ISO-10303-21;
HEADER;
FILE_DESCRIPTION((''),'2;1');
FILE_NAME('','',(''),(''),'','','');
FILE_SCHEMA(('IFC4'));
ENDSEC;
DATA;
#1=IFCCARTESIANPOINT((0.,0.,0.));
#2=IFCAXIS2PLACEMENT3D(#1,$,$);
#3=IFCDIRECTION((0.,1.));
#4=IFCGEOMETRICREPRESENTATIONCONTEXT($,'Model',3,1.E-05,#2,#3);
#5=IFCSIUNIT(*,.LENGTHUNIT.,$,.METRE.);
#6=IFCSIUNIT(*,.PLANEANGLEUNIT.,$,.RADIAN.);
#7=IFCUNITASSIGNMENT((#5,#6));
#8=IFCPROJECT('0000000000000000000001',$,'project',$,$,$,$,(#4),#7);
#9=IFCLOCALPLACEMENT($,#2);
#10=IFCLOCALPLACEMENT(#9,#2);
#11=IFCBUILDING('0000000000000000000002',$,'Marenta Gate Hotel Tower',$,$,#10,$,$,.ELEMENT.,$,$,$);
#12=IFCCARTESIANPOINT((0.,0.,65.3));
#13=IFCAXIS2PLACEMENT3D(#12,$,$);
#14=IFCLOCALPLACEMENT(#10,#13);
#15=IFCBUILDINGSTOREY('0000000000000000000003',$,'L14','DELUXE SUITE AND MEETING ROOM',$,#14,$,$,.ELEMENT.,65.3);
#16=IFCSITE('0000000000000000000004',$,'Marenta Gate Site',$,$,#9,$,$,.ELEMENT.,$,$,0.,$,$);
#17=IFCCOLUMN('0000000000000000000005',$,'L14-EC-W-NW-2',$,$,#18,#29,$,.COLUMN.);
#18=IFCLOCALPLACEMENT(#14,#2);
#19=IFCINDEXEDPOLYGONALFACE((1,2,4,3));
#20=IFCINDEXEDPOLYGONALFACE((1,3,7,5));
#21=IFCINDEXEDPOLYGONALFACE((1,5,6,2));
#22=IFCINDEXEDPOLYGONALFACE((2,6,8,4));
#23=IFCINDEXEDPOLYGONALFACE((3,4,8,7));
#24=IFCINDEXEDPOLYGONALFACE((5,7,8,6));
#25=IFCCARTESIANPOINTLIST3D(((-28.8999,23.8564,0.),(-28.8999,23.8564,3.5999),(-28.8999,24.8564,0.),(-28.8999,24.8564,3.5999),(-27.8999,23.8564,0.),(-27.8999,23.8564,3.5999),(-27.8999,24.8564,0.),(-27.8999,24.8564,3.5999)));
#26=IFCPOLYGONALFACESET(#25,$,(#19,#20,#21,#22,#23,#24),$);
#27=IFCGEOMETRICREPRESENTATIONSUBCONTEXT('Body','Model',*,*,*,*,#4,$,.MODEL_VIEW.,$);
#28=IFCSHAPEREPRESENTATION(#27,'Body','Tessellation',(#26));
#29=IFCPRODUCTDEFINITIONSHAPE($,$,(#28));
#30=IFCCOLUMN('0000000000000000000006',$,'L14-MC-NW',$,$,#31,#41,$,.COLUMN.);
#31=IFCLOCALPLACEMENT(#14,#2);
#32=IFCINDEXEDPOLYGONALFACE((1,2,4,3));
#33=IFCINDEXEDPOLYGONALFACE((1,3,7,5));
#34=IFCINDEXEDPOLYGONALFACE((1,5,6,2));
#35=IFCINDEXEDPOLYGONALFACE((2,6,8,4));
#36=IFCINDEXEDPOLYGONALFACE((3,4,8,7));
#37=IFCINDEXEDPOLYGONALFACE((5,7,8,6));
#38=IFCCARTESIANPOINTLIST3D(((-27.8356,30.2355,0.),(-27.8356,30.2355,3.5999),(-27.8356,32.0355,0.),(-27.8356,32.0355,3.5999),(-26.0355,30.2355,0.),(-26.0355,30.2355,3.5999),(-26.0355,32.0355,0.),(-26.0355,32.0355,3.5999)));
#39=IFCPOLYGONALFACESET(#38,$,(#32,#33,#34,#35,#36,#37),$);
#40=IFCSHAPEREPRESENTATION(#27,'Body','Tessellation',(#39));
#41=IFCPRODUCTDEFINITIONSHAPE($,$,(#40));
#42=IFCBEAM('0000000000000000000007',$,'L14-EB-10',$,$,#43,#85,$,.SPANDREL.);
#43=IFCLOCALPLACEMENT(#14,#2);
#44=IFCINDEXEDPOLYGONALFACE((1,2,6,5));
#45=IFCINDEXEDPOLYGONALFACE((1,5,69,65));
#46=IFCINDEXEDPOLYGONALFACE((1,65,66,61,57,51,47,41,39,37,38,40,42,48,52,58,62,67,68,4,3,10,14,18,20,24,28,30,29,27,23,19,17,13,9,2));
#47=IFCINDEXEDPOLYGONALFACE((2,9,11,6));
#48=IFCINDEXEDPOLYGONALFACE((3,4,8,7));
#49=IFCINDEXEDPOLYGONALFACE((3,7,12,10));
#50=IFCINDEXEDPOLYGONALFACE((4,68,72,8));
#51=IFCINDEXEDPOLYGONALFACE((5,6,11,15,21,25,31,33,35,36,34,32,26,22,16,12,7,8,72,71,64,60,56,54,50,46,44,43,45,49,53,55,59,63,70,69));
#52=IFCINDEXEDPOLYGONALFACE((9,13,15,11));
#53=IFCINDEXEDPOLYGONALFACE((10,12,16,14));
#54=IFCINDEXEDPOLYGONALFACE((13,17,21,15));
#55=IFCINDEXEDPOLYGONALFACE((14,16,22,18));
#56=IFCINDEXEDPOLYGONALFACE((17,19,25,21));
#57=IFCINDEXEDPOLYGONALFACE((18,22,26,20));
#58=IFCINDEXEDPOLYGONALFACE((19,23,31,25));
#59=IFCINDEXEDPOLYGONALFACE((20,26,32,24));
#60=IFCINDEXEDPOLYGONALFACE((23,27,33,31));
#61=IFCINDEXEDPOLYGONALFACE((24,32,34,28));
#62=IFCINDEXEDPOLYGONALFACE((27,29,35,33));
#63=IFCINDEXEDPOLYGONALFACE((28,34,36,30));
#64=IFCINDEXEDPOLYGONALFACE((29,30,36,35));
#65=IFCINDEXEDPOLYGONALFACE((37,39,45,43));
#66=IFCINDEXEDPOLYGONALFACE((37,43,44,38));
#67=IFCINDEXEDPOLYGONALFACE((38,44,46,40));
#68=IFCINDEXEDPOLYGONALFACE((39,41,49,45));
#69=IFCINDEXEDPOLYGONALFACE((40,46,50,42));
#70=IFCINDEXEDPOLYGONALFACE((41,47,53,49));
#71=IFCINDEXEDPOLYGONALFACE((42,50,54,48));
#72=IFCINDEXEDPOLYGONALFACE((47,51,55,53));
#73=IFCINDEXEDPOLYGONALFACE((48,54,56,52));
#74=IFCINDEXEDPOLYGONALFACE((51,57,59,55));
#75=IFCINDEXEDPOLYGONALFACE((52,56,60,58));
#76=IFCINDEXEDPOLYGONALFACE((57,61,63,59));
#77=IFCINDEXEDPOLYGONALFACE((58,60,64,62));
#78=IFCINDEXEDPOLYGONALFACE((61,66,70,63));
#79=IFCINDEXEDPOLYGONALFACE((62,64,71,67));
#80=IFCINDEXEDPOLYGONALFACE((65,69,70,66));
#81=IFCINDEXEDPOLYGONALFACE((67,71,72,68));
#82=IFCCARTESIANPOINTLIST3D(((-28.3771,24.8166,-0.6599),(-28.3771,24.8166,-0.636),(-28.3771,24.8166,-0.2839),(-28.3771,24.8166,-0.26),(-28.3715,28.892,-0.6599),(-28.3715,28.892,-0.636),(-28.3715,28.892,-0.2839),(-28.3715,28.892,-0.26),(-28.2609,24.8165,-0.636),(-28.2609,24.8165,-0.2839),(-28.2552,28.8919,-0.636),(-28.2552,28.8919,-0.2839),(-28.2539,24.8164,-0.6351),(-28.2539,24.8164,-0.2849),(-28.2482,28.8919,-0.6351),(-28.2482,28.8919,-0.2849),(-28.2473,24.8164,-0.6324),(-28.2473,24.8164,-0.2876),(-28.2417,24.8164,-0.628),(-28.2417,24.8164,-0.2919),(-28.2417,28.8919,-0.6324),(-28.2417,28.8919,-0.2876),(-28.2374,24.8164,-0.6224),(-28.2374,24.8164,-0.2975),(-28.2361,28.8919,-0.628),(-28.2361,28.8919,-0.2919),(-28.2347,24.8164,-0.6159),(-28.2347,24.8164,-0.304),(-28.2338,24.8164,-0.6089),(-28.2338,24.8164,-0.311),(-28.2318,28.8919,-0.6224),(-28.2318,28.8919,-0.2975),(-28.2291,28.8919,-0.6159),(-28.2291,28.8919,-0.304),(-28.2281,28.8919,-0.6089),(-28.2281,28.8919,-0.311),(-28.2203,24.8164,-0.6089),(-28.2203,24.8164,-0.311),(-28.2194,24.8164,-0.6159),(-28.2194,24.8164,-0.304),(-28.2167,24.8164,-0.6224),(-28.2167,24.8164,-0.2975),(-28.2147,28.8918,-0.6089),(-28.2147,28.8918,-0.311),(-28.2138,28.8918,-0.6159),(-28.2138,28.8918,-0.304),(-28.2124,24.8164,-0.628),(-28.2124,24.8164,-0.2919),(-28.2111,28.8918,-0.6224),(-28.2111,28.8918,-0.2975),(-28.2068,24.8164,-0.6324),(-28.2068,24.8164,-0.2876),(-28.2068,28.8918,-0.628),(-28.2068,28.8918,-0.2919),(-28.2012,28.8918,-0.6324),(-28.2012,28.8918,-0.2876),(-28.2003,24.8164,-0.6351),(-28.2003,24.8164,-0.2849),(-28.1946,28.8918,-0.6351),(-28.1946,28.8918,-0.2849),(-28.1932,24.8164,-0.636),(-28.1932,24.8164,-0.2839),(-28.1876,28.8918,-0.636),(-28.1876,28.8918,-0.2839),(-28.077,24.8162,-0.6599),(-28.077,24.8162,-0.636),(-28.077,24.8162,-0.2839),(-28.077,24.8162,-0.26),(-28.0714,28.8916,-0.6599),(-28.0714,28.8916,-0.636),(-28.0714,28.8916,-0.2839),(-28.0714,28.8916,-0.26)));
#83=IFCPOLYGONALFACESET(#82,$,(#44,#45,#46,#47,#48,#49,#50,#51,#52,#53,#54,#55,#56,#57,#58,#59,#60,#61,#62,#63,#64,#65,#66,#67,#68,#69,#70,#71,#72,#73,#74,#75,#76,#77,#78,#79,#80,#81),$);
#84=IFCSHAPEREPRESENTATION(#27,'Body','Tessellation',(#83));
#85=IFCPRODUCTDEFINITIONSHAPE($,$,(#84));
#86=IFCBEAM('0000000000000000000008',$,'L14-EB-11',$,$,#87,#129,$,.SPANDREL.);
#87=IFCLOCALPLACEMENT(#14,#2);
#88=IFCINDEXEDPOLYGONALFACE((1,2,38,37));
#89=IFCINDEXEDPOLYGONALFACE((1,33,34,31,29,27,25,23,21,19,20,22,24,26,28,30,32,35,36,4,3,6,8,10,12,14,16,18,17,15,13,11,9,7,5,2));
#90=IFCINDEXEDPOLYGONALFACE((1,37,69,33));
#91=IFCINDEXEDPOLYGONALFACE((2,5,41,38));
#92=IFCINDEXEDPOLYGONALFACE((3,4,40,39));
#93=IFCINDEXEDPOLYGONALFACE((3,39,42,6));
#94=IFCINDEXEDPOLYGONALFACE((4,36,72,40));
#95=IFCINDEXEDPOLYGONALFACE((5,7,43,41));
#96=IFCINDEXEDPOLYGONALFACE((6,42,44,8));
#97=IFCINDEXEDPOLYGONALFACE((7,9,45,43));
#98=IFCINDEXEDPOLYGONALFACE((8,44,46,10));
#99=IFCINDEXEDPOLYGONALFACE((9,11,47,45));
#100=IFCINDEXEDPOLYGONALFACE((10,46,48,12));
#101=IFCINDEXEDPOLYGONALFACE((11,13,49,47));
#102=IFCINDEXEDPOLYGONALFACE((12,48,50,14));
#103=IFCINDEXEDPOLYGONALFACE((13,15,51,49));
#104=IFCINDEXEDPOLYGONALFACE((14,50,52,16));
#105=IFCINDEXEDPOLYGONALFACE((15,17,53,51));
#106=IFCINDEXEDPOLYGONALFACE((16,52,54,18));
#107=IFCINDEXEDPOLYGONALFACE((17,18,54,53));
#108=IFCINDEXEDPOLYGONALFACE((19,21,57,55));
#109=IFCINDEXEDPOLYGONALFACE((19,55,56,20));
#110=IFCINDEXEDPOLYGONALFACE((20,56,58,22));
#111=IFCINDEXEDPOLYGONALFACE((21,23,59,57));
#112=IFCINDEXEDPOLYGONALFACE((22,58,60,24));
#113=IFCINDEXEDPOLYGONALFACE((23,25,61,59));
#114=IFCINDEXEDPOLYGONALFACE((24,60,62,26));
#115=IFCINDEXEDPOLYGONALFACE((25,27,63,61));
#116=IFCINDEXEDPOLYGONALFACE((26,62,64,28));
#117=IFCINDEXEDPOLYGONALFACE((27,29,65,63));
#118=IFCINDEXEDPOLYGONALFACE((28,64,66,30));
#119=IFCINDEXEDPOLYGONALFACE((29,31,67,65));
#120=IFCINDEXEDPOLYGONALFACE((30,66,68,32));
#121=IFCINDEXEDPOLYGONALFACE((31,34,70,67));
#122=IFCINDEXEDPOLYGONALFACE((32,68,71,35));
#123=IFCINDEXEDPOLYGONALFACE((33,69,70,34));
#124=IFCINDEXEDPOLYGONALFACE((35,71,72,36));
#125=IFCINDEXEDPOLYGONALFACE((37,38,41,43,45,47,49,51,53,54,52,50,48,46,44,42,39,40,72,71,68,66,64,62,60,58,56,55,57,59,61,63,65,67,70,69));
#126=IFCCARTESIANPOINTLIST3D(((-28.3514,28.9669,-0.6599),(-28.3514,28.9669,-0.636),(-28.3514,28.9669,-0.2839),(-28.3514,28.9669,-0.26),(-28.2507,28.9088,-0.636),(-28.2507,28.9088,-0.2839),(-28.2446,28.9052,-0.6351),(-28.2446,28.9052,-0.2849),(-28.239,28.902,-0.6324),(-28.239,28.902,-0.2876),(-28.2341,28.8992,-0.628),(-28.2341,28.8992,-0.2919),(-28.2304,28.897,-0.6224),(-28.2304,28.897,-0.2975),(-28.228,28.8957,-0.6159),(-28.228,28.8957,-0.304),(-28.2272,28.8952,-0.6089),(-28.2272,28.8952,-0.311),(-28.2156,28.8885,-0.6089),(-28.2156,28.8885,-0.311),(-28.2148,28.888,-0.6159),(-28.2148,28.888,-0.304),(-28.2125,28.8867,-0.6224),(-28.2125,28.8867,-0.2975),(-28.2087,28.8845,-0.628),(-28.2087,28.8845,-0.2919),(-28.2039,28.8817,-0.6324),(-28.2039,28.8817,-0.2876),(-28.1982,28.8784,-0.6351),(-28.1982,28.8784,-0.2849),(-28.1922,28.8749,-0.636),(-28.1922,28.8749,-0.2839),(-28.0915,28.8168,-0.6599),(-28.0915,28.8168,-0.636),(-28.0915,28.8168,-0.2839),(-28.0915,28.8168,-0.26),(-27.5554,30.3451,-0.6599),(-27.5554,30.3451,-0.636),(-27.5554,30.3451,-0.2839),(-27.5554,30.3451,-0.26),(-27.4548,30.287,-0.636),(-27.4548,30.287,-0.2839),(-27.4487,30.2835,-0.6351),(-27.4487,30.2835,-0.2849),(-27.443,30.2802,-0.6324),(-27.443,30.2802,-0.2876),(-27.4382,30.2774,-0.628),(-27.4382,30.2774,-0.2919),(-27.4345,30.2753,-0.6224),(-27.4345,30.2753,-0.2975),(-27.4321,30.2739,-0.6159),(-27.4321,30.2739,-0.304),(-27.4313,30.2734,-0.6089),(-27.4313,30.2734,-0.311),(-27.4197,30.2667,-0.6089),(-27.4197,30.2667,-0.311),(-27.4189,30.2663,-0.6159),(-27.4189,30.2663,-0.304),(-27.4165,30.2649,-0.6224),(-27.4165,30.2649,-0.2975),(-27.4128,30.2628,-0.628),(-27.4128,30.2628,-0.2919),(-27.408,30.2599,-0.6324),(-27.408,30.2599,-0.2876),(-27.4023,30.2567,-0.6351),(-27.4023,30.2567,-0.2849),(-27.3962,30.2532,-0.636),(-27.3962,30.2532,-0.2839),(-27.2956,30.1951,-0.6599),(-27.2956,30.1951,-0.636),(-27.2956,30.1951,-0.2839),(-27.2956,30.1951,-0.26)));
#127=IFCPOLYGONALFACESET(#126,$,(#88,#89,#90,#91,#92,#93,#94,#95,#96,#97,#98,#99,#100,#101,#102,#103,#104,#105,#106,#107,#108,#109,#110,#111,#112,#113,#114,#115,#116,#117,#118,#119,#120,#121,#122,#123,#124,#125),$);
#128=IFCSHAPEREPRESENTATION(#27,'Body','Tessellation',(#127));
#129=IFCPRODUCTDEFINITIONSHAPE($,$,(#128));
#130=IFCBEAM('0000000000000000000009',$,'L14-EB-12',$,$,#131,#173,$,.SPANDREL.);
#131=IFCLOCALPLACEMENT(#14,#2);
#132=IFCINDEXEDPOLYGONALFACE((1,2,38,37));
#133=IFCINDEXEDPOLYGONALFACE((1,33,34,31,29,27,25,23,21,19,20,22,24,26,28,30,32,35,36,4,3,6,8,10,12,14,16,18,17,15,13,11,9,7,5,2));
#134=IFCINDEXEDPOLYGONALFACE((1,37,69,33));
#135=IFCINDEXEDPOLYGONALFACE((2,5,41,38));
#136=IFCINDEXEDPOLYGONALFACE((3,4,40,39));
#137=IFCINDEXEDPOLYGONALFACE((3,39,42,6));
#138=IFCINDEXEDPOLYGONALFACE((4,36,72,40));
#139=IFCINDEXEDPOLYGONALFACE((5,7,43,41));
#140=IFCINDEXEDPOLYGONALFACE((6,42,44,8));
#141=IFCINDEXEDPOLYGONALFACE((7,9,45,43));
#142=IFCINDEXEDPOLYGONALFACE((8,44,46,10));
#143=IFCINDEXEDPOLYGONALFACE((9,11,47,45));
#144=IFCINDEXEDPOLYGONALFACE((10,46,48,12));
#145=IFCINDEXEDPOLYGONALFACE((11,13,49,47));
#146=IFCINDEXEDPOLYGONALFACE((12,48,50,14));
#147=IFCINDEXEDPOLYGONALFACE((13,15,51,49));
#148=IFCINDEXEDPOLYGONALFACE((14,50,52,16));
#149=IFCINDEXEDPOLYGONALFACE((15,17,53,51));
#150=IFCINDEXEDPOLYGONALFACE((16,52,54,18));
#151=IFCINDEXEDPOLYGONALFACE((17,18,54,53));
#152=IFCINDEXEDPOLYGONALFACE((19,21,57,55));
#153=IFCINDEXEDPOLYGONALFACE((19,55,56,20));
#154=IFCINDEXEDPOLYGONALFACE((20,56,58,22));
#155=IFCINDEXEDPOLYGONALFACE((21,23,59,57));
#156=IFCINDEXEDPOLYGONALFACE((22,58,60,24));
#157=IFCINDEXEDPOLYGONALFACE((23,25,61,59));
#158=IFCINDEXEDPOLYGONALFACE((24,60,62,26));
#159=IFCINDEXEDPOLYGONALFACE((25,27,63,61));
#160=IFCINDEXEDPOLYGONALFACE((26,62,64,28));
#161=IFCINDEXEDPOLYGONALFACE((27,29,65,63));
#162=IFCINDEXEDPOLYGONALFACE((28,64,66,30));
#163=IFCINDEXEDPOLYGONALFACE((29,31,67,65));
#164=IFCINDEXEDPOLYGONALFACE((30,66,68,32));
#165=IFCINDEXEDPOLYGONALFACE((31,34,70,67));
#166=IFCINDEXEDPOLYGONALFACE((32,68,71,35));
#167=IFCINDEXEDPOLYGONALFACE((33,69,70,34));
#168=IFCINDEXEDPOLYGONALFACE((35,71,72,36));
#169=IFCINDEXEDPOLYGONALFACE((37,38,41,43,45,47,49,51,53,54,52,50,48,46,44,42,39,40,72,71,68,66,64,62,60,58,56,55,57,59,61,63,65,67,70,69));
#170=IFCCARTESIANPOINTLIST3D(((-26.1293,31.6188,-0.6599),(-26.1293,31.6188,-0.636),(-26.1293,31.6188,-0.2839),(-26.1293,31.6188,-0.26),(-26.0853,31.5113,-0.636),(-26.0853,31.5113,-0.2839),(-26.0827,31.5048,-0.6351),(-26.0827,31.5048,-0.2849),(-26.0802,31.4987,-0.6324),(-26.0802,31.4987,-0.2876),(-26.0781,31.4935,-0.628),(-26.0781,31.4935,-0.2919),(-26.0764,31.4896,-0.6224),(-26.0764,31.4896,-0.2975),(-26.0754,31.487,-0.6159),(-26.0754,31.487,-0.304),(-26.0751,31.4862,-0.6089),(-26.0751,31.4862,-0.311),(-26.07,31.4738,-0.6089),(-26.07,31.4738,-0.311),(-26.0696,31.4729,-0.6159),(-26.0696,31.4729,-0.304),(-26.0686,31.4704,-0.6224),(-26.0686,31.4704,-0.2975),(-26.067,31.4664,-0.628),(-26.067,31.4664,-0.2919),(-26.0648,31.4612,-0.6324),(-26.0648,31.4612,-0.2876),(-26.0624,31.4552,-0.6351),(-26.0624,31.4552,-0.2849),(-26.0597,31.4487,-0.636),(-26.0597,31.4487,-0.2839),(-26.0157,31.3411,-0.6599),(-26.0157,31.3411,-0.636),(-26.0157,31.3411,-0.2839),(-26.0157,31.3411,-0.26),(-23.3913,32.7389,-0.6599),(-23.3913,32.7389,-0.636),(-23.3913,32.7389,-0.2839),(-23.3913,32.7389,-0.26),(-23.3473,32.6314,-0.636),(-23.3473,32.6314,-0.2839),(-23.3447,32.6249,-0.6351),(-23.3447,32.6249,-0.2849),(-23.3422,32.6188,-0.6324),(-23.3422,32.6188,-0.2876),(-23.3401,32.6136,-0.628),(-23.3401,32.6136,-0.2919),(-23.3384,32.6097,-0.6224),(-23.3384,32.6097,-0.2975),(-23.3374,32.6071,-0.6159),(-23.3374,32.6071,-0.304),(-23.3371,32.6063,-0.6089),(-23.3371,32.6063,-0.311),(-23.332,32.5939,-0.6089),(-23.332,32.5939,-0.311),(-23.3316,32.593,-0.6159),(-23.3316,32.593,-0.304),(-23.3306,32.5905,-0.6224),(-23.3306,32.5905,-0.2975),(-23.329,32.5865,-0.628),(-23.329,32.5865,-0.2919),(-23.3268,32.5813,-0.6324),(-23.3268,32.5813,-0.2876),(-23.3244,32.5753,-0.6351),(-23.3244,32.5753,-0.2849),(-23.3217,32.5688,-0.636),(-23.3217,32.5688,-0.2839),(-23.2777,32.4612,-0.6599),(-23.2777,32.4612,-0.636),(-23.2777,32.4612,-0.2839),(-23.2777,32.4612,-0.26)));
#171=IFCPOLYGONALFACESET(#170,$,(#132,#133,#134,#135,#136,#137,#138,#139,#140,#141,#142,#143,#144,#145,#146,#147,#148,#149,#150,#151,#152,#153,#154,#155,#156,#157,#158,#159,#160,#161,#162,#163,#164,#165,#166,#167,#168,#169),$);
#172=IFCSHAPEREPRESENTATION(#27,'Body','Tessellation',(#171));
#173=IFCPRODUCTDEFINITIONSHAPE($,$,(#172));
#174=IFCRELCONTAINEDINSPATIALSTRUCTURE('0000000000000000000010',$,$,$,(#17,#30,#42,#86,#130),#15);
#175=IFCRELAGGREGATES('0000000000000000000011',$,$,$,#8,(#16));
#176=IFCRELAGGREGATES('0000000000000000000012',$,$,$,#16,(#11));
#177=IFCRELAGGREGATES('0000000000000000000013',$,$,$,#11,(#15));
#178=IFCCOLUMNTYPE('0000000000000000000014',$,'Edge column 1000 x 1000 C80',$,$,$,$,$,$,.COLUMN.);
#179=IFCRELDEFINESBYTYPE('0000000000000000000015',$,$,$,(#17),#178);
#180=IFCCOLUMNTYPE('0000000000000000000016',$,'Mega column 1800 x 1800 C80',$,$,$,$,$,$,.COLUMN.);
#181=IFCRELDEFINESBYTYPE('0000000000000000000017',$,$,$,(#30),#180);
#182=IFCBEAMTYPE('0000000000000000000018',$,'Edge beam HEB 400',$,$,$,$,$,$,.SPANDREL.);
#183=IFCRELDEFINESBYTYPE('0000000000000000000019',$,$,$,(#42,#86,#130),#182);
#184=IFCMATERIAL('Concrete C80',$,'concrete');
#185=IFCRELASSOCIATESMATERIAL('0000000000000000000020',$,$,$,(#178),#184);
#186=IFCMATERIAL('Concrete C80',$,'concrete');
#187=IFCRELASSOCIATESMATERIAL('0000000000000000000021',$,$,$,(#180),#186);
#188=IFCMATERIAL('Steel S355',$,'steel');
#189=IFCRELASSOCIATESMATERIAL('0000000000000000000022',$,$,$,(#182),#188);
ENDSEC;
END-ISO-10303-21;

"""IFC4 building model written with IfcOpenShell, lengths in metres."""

from ifc_helpers import new_model, si_unit, direction, frame, origin, origin_2d, place, context, subcontext, project, spatial, rectangle, i_section, extrude, material, material_profile, profile_set, type_object, element, save


model = new_model("IFC4")

# Units and contexts
model_context = context("Model", 3, precision=1e-05, world=origin(), true_north=direction((0.0, 1.0)))
body_context = subcontext(model_context, "Body", "Model", "MODEL_VIEW")
ifc_project = project(units=[si_unit("LENGTHUNIT", "METRE"), si_unit("PLANEANGLEUNIT", "RADIAN")], contexts=[model_context])

# Site, building, storey
site_placement = place(None, origin())
site = spatial("IfcSite", under=ifc_project, at=site_placement, Name="Marenta Gate Site", CompositionType="ELEMENT", RefElevation=0.0)
building_placement = place(site_placement, origin())
building = spatial("IfcBuilding", under=site, at=building_placement, Name="Marenta Gate Hotel Tower", CompositionType="ELEMENT")
storey_placement = place(building_placement, frame((0.0, 0.0, 65.3)))
storey = spatial("IfcBuildingStorey", under=building, at=storey_placement, Name="L14", Description="DELUXE SUITE AND MEETING ROOM", CompositionType="ELEMENT", Elevation=65.3)

# Columns
ifc_material_1 = material(Name="Concrete C80", Category="concrete")
ifc_material_profile_1 = material_profile(ifc_material_1, rectangle(XDim=1.0, YDim=1.0, at=origin_2d()), Name="1000 x 1000")
ifc_profile_set_1 = profile_set([ifc_material_profile_1], Name="Concrete C80")
column_type_1 = type_object("IfcColumnType", Name="Edge column 1000 x 1000 C80", PredefinedType="COLUMN", material=ifc_profile_set_1)
column_1_placement = place(storey_placement, frame((-28.3999, 24.3564, 0.0), z_axis=(0.0, 0.0, 1.0), x_axis=(1.0, 0.0, 0.0)))
element("IfcColumn", 1, at=column_1_placement, inside=storey, type_object=column_type_1, Name="L14-EC-W-NW-2", PredefinedType="COLUMN", context=body_context, shape_type="SweptSolid", body=[
    extrude(rectangle(XDim=1.0, YDim=1.0, at=origin_2d()), origin(), (0.0, 0.0, 1.0), 3.5999),
])
ifc_material_2 = material(Name="Concrete C80", Category="concrete")
ifc_material_profile_2 = material_profile(ifc_material_2, rectangle(XDim=1.8, YDim=1.8, at=origin_2d()), Name="1800 x 1800")
ifc_profile_set_2 = profile_set([ifc_material_profile_2], Name="Concrete C80")
column_type_2 = type_object("IfcColumnType", Name="Mega column 1800 x 1800 C80", PredefinedType="COLUMN", material=ifc_profile_set_2)
column_2_placement = place(storey_placement, frame((-26.9355, 31.1355, 0.0), z_axis=(0.0, 0.0, 1.0), x_axis=(1.0, 0.0, 0.0)))
element("IfcColumn", 2, at=column_2_placement, inside=storey, type_object=column_type_2, Name="L14-MC-NW", PredefinedType="COLUMN", context=body_context, shape_type="SweptSolid", body=[
    extrude(rectangle(XDim=1.8, YDim=1.8, at=origin_2d()), origin(), (0.0, 0.0, 1.0), 3.5999),
])

# Beams
ifc_material_3 = material(Name="Steel S355", Category="steel")
ifc_material_profile_3 = material_profile(ifc_material_3, i_section(OverallWidth=0.3, OverallDepth=0.3999, WebThickness=0.0134, FlangeThickness=0.0239, FilletRadius=0.0271, at=origin_2d()), Name="HEB 400")
ifc_profile_set_3 = profile_set([ifc_material_profile_3], Name="Steel S355")
beam_type_1 = type_object("IfcBeamType", Name="Edge beam HEB 400", PredefinedType="SPANDREL", material=ifc_profile_set_3)
beam_1_placement = place(storey_placement, frame((-28.2271, 24.8164, -0.46), z_axis=(0.001378, 0.999999, 0.0), x_axis=(-0.999999, 0.001378, 0.0)))
element("IfcBeam", 3, at=beam_1_placement, inside=storey, type_object=beam_type_1, Name="L14-EB-10", PredefinedType="SPANDREL", context=body_context, shape_type="SweptSolid", body=[
    extrude(i_section(OverallWidth=0.3, OverallDepth=0.3999, WebThickness=0.0134, FlangeThickness=0.0239, FilletRadius=0.0271, at=origin_2d()), origin(), (0.0, 0.0, 1.0), 4.0754),
])
beam_2_placement = place(storey_placement, frame((-28.2214, 28.8918, -0.46), z_axis=(0.500099, 0.865968, 0.0), x_axis=(-0.865968, 0.500099, 0.0)))
element("IfcBeam", 4, at=beam_2_placement, inside=storey, type_object=beam_type_1, Name="L14-EB-11", PredefinedType="SPANDREL", context=body_context, shape_type="SweptSolid", body=[
    extrude(i_section(OverallWidth=0.3, OverallDepth=0.3999, WebThickness=0.0134, FlangeThickness=0.0239, FilletRadius=0.0271, at=origin_2d()), origin(), (0.0, 0.0, 1.0), 1.5916),
])
beam_3_placement = place(storey_placement, frame((-26.0725, 31.48, -0.46), z_axis=(0.925546, 0.378636, 0.0), x_axis=(-0.378636, 0.925546, 0.0)))
element("IfcBeam", 5, at=beam_3_placement, inside=storey, type_object=beam_type_1, Name="L14-EB-12", PredefinedType="SPANDREL", context=body_context, shape_type="SweptSolid", body=[
    extrude(i_section(OverallWidth=0.3, OverallDepth=0.3999, WebThickness=0.0134, FlangeThickness=0.0239, FilletRadius=0.0271, at=origin_2d()), origin(), (0.0, 0.0, 1.0), 2.9583),
])

save(model, "model.ifc")
